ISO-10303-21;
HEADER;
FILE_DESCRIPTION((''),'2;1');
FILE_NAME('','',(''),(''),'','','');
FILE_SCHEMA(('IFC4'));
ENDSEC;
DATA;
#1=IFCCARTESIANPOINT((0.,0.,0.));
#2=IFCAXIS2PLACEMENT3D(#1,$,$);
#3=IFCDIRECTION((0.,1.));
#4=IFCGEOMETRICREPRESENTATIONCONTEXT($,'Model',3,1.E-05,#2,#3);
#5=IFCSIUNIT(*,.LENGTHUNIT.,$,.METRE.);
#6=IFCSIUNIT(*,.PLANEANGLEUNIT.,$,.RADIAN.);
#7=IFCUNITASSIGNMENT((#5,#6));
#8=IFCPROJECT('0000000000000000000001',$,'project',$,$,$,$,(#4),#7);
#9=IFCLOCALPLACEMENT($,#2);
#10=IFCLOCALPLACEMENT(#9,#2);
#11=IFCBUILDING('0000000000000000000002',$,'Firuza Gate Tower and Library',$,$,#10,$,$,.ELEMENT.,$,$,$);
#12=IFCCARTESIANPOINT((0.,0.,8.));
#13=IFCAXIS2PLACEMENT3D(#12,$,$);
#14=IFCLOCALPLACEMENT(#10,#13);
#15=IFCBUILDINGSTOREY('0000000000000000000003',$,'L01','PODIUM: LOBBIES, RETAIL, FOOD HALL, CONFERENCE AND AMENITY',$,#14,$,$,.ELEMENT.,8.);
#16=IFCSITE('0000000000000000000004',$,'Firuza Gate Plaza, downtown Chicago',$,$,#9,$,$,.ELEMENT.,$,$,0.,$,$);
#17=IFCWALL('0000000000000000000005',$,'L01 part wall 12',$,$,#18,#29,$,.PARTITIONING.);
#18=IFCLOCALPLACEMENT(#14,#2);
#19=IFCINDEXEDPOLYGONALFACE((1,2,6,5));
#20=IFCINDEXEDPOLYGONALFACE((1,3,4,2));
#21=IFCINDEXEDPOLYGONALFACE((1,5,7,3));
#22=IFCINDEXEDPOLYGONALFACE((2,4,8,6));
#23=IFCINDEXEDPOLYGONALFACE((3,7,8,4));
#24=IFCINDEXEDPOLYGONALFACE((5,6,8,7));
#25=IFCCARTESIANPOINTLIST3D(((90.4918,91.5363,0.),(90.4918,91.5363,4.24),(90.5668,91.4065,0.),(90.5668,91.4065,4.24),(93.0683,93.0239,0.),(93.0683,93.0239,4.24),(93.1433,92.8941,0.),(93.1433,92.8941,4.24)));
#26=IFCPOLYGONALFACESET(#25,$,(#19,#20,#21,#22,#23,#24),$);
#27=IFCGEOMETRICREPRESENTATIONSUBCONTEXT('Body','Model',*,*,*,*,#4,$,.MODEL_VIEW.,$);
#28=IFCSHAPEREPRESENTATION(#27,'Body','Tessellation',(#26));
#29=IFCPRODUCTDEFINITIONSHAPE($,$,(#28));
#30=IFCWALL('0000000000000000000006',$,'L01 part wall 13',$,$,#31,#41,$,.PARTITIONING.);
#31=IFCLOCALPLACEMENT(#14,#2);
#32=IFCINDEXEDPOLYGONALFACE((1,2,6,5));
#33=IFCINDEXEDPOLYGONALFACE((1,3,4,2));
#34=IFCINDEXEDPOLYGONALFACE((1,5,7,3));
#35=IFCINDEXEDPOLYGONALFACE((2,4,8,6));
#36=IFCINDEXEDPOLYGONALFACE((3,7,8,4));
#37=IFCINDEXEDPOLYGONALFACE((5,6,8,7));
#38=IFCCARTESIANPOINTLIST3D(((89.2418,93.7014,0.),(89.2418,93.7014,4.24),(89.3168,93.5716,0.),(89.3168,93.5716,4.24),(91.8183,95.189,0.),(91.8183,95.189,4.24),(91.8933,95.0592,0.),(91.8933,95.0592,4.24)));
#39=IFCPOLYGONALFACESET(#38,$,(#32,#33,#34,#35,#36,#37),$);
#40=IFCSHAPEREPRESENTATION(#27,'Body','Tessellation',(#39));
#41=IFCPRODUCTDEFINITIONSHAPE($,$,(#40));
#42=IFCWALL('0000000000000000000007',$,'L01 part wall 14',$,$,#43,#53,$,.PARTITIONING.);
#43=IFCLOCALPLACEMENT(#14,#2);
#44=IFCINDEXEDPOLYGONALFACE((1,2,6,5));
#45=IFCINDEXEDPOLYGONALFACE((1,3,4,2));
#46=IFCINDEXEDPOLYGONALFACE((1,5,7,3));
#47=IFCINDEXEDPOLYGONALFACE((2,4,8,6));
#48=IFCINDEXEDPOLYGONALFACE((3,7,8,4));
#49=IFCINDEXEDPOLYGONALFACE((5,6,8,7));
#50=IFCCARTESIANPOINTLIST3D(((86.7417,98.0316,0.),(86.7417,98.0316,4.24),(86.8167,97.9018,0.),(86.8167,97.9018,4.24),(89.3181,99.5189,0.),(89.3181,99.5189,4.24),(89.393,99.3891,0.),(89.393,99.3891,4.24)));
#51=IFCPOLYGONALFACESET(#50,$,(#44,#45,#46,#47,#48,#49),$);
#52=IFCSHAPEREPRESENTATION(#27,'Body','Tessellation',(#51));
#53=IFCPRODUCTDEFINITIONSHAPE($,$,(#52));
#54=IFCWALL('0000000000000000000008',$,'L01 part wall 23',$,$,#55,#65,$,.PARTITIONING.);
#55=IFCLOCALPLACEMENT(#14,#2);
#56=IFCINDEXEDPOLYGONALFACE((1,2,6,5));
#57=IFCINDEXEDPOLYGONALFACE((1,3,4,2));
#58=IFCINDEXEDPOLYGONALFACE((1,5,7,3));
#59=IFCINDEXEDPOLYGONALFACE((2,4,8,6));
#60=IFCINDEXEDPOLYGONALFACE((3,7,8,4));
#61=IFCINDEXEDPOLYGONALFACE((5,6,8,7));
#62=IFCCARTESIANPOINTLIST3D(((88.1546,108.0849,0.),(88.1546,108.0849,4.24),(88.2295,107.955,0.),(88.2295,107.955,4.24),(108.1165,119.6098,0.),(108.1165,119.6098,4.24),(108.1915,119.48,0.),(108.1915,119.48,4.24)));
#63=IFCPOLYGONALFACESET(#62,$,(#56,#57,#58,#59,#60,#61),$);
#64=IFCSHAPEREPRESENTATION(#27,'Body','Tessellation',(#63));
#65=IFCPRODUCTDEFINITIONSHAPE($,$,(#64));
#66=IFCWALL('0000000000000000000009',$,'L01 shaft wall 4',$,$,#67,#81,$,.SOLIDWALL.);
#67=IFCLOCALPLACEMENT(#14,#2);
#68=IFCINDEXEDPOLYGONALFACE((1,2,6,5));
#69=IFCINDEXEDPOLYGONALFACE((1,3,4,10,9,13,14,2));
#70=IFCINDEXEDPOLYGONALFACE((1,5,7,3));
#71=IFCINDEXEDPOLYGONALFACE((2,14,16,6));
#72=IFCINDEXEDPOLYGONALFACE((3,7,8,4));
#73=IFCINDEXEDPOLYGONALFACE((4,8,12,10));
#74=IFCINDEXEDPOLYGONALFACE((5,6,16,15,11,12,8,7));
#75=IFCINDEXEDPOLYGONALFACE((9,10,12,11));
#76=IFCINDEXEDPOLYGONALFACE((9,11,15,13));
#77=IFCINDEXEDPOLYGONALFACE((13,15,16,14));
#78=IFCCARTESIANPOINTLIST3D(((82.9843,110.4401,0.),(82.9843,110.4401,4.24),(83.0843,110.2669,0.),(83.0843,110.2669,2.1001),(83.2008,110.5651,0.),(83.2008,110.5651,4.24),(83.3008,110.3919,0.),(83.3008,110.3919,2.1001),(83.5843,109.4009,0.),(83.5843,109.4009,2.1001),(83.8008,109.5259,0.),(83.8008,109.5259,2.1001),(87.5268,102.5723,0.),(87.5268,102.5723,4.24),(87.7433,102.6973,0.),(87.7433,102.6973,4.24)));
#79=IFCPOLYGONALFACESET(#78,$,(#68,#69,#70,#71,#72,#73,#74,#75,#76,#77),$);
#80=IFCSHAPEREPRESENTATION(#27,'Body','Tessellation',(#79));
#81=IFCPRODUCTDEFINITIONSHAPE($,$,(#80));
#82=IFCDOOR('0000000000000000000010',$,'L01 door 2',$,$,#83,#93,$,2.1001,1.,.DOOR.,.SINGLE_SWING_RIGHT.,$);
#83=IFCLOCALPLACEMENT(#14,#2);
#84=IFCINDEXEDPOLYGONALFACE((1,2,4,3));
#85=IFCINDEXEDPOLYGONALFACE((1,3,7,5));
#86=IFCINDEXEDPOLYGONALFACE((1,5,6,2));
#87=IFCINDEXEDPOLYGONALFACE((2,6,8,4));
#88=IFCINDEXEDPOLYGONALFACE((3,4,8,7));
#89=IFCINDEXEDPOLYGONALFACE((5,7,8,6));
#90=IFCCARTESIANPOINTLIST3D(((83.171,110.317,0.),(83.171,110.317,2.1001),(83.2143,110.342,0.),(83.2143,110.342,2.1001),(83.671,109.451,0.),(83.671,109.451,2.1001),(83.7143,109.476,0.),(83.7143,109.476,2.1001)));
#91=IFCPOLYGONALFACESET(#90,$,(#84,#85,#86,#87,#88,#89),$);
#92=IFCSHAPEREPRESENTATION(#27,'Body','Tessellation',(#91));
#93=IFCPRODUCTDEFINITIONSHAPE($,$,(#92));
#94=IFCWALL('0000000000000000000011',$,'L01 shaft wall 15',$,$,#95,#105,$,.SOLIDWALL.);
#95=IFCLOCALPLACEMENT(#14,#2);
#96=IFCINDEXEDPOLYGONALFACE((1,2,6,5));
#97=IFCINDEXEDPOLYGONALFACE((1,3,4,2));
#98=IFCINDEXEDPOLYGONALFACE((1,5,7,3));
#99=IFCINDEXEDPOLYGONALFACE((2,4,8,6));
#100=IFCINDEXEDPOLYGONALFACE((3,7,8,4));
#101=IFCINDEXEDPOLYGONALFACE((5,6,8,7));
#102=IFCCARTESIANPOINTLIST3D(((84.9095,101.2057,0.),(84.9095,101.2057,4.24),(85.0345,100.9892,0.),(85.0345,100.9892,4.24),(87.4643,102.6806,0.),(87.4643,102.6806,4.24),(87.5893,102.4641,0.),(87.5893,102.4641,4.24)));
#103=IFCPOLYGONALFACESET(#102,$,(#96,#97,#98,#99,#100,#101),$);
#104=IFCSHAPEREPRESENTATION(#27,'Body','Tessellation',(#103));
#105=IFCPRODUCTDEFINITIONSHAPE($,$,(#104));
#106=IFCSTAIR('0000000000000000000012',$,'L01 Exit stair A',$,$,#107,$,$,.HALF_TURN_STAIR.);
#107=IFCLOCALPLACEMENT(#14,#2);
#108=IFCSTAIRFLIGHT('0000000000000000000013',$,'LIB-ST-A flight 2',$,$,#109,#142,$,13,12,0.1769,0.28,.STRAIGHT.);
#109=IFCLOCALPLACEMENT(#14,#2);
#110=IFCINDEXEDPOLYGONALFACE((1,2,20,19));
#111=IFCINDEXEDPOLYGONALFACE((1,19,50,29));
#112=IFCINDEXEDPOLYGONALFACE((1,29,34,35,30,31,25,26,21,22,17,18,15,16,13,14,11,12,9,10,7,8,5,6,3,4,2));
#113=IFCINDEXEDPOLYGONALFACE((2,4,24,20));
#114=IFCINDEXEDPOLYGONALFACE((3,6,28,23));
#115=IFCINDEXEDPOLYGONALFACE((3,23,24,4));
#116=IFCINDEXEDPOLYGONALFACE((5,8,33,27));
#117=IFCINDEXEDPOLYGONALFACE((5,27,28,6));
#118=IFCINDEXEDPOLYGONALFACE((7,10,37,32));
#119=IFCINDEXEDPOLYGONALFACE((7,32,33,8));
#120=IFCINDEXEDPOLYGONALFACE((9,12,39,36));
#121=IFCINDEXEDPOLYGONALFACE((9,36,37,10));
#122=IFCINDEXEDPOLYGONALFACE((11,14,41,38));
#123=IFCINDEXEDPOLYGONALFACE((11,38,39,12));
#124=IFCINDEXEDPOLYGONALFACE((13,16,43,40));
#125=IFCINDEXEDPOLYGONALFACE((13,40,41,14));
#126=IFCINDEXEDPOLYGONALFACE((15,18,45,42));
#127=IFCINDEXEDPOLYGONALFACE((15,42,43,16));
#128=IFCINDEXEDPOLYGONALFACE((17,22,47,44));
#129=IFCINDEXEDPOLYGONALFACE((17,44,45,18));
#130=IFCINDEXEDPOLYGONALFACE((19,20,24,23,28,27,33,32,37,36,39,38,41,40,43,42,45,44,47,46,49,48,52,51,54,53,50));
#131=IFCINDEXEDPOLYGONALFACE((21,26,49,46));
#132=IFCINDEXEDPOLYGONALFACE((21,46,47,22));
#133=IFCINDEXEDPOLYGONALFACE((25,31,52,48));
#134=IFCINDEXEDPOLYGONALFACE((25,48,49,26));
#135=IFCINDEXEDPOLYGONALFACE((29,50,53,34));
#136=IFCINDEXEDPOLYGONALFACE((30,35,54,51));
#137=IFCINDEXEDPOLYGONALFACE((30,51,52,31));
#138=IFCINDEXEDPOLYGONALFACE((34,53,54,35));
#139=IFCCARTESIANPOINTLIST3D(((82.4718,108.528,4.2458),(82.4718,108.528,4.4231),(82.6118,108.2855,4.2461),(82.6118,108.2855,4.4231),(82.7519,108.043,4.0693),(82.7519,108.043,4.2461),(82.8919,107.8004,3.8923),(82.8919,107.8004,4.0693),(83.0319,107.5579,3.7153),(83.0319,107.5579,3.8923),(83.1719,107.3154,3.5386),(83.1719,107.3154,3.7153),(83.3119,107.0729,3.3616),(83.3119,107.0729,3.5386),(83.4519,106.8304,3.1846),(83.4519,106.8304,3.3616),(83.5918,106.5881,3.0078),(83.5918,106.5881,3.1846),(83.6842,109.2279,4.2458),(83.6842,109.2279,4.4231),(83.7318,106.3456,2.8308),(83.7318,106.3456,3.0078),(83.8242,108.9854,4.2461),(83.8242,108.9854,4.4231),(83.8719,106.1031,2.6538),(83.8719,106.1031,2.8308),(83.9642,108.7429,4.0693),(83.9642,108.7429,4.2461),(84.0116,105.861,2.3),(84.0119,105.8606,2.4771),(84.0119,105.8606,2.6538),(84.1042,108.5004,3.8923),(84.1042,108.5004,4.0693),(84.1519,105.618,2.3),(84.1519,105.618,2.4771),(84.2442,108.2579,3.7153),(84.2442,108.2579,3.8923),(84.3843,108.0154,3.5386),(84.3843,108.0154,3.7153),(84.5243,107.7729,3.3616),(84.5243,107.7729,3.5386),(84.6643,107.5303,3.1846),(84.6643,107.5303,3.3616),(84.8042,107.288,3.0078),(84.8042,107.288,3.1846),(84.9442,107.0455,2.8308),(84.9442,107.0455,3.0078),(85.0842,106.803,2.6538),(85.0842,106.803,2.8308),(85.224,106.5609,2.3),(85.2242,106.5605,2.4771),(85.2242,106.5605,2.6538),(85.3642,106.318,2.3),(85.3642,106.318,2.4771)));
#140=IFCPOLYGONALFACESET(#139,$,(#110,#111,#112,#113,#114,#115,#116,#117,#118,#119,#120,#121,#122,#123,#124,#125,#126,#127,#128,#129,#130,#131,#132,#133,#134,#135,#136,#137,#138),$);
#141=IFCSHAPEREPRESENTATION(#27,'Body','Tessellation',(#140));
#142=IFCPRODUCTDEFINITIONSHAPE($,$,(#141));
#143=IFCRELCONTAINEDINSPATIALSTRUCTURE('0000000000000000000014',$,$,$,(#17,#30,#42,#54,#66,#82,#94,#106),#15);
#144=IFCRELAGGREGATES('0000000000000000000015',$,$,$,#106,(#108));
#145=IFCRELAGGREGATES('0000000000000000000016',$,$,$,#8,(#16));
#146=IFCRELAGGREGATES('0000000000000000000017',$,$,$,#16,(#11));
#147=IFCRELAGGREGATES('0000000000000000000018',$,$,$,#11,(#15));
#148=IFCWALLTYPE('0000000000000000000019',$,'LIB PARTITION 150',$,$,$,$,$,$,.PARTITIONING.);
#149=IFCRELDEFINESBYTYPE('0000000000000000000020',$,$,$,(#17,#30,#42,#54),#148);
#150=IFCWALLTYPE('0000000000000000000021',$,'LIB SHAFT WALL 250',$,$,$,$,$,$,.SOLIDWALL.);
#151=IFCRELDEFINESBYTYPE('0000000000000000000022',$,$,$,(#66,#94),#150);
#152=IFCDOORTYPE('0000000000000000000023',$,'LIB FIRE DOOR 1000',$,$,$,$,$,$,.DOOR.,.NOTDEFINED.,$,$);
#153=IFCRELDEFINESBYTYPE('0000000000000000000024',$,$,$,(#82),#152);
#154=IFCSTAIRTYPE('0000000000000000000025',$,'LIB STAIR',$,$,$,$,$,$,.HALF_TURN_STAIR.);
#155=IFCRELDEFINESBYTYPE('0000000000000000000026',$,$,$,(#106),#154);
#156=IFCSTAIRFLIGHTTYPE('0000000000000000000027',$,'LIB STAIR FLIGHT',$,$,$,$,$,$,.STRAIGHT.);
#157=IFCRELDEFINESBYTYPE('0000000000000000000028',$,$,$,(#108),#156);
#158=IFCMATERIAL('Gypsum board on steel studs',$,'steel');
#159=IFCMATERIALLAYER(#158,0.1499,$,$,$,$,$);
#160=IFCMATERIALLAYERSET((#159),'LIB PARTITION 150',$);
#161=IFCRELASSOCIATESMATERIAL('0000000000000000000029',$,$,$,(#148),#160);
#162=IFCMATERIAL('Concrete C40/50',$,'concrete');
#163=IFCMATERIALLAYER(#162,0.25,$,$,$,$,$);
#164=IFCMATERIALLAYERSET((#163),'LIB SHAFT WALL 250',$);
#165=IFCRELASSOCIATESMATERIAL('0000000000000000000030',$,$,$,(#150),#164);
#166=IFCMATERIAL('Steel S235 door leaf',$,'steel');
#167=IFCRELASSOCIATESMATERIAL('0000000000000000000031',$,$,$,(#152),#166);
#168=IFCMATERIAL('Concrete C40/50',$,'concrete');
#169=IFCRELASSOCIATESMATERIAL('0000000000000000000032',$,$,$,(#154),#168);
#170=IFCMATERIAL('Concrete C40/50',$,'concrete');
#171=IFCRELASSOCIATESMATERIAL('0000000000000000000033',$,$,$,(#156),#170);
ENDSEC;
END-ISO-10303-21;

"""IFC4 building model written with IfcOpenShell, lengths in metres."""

from ifc_helpers import new_model, si_unit, direction, frame, frame_2d, origin, place, context, subcontext, project, spatial, polyline, rectangle, outline, extrude, material, layer, layer_set, type_object, element, fill, aggregate, save


model = new_model("IFC4")

# Units and contexts
model_context = context("Model", 3, precision=1e-05, world=origin(), true_north=direction((0.0, 1.0)))
body_context = subcontext(model_context, "Body", "Model", "MODEL_VIEW")
ifc_project = project(units=[si_unit("LENGTHUNIT", "METRE"), si_unit("PLANEANGLEUNIT", "RADIAN")], contexts=[model_context])

# Site, building, storey
site_placement = place(None, origin())
site = spatial("IfcSite", under=ifc_project, at=site_placement, Name="Firuza Gate Plaza, downtown Chicago", CompositionType="ELEMENT", RefElevation=0.0)
building_placement = place(site_placement, origin())
building = spatial("IfcBuilding", under=site, at=building_placement, Name="Firuza Gate Tower and Library", CompositionType="ELEMENT")
storey_placement = place(building_placement, frame((0.0, 0.0, 8.0)))
storey = spatial("IfcBuildingStorey", under=building, at=storey_placement, Name="L01", Description="PODIUM: LOBBIES, RETAIL, FOOD HALL, CONFERENCE AND AMENITY", CompositionType="ELEMENT", Elevation=8.0)

# Shared definitions
placement = place(storey_placement, origin())

# Walls
ifc_material_1 = material(Name="Gypsum board on steel studs", Category="steel")
ifc_layer_1 = layer(ifc_material_1, 0.1499)
ifc_layer_set_1 = layer_set([ifc_layer_1], Name="LIB PARTITION 150")
wall_type_1 = type_object("IfcWallType", Name="LIB PARTITION 150", PredefinedType="PARTITIONING", material=ifc_layer_set_1)
for number, where, z_axis, x_axis, name in (
    (1, (90.5293, 91.4714, 0.0), (0.0, 0.0, 1.0), (0.866017, 0.500014, 0.0), "L01 part wall 12"),
    (2, (89.2793, 93.6365, 0.0), (0.0, 0.0, 1.0), (0.866017, 0.500014, 0.0), "L01 part wall 13"),
):
    element("IfcWall", number, at=place(storey_placement, frame(where, z_axis=z_axis, x_axis=x_axis)), inside=storey, type_object=wall_type_1, Name=name, PredefinedType="PARTITIONING", context=body_context, shape_type="SweptSolid", body=[
        extrude(rectangle(XDim=2.9751, YDim=0.1499, at=frame_2d((1.4875, 0.0))), origin(), (0.0, 0.0, 1.0), 4.24),
    ])
wall_1_placement = place(storey_placement, frame((86.7793, 97.9668, 0.0), z_axis=(0.0, 0.0, 1.0), x_axis=(0.866053, 0.499952, 0.0)))
element("IfcWall", 3, at=wall_1_placement, inside=storey, type_object=wall_type_1, Name="L01 part wall 14", PredefinedType="PARTITIONING", context=body_context, shape_type="SweptSolid", body=[
    extrude(rectangle(XDim=2.9749, YDim=0.1499, at=frame_2d((1.4873, 0.0))), origin(), (0.0, 0.0, 1.0), 4.24),
])
wall_2_placement = place(storey_placement, frame((88.1921, 108.02, 0.0), z_axis=(0.0, 0.0, 1.0), x_axis=(0.866028, 0.499996, 0.0)))
element("IfcWall", 4, at=wall_2_placement, inside=storey, type_object=wall_type_1, Name="L01 part wall 23", PredefinedType="PARTITIONING", context=body_context, shape_type="SweptSolid", body=[
    extrude(rectangle(XDim=23.05, YDim=0.1499, at=frame_2d((11.5249, 0.0))), origin(), (0.0, 0.0, 1.0), 4.24),
])

# Wall, opening, door
ifc_material_2 = material(Name="Concrete C40/50", Category="concrete")
ifc_layer_2 = layer(ifc_material_2, 0.25)
ifc_layer_set_2 = layer_set([ifc_layer_2], Name="LIB SHAFT WALL 250")
wall_type_2 = type_object("IfcWallType", Name="LIB SHAFT WALL 250", PredefinedType="SOLIDWALL", material=ifc_layer_set_2)
wall_3_placement = place(storey_placement, frame((87.635, 102.6348, 0.0), z_axis=(0.0, 0.0, 1.0), x_axis=(-0.499995, 0.866029, 0.0)))
wall_3 = element("IfcWall", 5, at=wall_3_placement, inside=storey, type_object=wall_type_2, Name="L01 shaft wall 4", PredefinedType="SOLIDWALL", context=body_context, shape_type="SweptSolid", body=[
    extrude(rectangle(XDim=9.085, YDim=0.25, at=frame_2d((4.5425, 0.0))), origin(), (0.0, 0.0, 1.0), 4.24),
])
opening_placement = place(wall_3_placement, frame((7.885, 0.0, 0.0)))
opening = element("IfcOpeningElement", 6, at=opening_placement, cuts=wall_3, PredefinedType="OPENING", context=body_context, shape_type="SweptSolid", body=[
    extrude(rectangle(XDim=1.0, YDim=2.1001, at=frame_2d((0.5, 1.05))), frame((0.0, 0.135, 0.0), z_axis=(0.0, -1.0, 0.0), x_axis=(1.0, 0.0, 0.0)), (0.0, 0.0, 1.0), 0.27),
])
ifc_material_3 = material(Name="Steel S235 door leaf", Category="steel")
door_type = type_object("IfcDoorType", Name="LIB FIRE DOOR 1000", OperationType="NOTDEFINED", PredefinedType="DOOR", material=ifc_material_3)
door_placement = place(opening_placement, origin())
door = element("IfcDoor", 7, at=door_placement, inside=storey, type_object=door_type, Name="L01 door 2", OperationType="SINGLE_SWING_RIGHT", OverallHeight=2.1001, OverallWidth=1.0, PredefinedType="DOOR", context=body_context, shape_type="SweptSolid", body=[
    extrude(rectangle(XDim=1.0, YDim=2.1001, at=frame_2d((0.5, 1.05))), frame((0.0, 0.0249, 0.0), z_axis=(0.0, -1.0, 0.0), x_axis=(1.0, 0.0, 0.0)), (0.0, 0.0, 1.0), 0.05),
])
fill(opening, door)

# Wall
wall_4_placement = place(storey_placement, frame((84.9719, 101.0974, 0.0), z_axis=(0.0, 0.0, 1.0), x_axis=(0.866039, 0.499976, 0.0)))
element("IfcWall", 8, at=wall_4_placement, inside=storey, type_object=wall_type_2, Name="L01 shaft wall 15", PredefinedType="SOLIDWALL", context=body_context, shape_type="SweptSolid", body=[
    extrude(rectangle(XDim=2.95, YDim=0.25, at=frame_2d((1.4751, 0.0))), origin(), (0.0, 0.0, 1.0), 4.24),
])

# Stair, stair flight
ifc_material_4 = material(Name="Concrete C40/50", Category="concrete")
stair_type = type_object("IfcStairType", Name="LIB STAIR", PredefinedType="HALF_TURN_STAIR", material=ifc_material_4)
stair = element("IfcStair", 9, at=placement, inside=storey, type_object=stair_type, Name="L01 Exit stair A", PredefinedType="HALF_TURN_STAIR")
ifc_material_5 = material(Name="Concrete C40/50", Category="concrete")
stair_flight_type = type_object("IfcStairFlightType", Name="LIB STAIR FLIGHT", PredefinedType="STRAIGHT", material=ifc_material_5)
stair_flight_placement = place(storey_placement, frame((84.7581, 105.968, 2.3), z_axis=(0.0, 0.0, 1.0), x_axis=(-0.5, 0.866025, 0.0)))
stair_flight = element("IfcStairFlight", 10, at=stair_flight_placement, type_object=stair_flight_type, Name="LIB-ST-A flight 2", NumberOfRisers=13, NumberOfTreads=12, PredefinedType="STRAIGHT", RiserHeight=0.1769, TreadLength=0.28, context=body_context, shape_type="SweptSolid", body=[
    extrude(outline(polyline([(0.0, 0.0), (0.0, 0.177), (0.28, 0.177), (0.28, 0.3538), (0.5601, 0.3538), (0.5601, 0.5308), (0.8401, 0.5308), (0.8401, 0.7078), (1.1201, 0.7078), (1.1201, 0.8845), (1.3999, 0.8845), (1.3999, 1.0615), (1.6799, 1.0615), (1.6799, 1.2385), (1.96, 1.2385), (1.96, 1.4153), (2.24, 1.4153), (2.24, 1.5923), (2.52, 1.5923), (2.52, 1.7693), (2.8, 1.7693), (2.8, 1.946), (3.0801, 1.946), (3.0801, 2.123), (3.3601, 2.123), (3.3601, 2.3), (3.3601, 1.9458), (0.2805, 0.0), (0.0, 0.0)])), frame((0.0, 0.7, 0.0), z_axis=(0.0, -1.0, 0.0), x_axis=(1.0, 0.0, 0.0)), (0.0, 0.0, 1.0), 1.3999),
])
aggregate(stair, [stair_flight])

save(model, "model.ifc")
